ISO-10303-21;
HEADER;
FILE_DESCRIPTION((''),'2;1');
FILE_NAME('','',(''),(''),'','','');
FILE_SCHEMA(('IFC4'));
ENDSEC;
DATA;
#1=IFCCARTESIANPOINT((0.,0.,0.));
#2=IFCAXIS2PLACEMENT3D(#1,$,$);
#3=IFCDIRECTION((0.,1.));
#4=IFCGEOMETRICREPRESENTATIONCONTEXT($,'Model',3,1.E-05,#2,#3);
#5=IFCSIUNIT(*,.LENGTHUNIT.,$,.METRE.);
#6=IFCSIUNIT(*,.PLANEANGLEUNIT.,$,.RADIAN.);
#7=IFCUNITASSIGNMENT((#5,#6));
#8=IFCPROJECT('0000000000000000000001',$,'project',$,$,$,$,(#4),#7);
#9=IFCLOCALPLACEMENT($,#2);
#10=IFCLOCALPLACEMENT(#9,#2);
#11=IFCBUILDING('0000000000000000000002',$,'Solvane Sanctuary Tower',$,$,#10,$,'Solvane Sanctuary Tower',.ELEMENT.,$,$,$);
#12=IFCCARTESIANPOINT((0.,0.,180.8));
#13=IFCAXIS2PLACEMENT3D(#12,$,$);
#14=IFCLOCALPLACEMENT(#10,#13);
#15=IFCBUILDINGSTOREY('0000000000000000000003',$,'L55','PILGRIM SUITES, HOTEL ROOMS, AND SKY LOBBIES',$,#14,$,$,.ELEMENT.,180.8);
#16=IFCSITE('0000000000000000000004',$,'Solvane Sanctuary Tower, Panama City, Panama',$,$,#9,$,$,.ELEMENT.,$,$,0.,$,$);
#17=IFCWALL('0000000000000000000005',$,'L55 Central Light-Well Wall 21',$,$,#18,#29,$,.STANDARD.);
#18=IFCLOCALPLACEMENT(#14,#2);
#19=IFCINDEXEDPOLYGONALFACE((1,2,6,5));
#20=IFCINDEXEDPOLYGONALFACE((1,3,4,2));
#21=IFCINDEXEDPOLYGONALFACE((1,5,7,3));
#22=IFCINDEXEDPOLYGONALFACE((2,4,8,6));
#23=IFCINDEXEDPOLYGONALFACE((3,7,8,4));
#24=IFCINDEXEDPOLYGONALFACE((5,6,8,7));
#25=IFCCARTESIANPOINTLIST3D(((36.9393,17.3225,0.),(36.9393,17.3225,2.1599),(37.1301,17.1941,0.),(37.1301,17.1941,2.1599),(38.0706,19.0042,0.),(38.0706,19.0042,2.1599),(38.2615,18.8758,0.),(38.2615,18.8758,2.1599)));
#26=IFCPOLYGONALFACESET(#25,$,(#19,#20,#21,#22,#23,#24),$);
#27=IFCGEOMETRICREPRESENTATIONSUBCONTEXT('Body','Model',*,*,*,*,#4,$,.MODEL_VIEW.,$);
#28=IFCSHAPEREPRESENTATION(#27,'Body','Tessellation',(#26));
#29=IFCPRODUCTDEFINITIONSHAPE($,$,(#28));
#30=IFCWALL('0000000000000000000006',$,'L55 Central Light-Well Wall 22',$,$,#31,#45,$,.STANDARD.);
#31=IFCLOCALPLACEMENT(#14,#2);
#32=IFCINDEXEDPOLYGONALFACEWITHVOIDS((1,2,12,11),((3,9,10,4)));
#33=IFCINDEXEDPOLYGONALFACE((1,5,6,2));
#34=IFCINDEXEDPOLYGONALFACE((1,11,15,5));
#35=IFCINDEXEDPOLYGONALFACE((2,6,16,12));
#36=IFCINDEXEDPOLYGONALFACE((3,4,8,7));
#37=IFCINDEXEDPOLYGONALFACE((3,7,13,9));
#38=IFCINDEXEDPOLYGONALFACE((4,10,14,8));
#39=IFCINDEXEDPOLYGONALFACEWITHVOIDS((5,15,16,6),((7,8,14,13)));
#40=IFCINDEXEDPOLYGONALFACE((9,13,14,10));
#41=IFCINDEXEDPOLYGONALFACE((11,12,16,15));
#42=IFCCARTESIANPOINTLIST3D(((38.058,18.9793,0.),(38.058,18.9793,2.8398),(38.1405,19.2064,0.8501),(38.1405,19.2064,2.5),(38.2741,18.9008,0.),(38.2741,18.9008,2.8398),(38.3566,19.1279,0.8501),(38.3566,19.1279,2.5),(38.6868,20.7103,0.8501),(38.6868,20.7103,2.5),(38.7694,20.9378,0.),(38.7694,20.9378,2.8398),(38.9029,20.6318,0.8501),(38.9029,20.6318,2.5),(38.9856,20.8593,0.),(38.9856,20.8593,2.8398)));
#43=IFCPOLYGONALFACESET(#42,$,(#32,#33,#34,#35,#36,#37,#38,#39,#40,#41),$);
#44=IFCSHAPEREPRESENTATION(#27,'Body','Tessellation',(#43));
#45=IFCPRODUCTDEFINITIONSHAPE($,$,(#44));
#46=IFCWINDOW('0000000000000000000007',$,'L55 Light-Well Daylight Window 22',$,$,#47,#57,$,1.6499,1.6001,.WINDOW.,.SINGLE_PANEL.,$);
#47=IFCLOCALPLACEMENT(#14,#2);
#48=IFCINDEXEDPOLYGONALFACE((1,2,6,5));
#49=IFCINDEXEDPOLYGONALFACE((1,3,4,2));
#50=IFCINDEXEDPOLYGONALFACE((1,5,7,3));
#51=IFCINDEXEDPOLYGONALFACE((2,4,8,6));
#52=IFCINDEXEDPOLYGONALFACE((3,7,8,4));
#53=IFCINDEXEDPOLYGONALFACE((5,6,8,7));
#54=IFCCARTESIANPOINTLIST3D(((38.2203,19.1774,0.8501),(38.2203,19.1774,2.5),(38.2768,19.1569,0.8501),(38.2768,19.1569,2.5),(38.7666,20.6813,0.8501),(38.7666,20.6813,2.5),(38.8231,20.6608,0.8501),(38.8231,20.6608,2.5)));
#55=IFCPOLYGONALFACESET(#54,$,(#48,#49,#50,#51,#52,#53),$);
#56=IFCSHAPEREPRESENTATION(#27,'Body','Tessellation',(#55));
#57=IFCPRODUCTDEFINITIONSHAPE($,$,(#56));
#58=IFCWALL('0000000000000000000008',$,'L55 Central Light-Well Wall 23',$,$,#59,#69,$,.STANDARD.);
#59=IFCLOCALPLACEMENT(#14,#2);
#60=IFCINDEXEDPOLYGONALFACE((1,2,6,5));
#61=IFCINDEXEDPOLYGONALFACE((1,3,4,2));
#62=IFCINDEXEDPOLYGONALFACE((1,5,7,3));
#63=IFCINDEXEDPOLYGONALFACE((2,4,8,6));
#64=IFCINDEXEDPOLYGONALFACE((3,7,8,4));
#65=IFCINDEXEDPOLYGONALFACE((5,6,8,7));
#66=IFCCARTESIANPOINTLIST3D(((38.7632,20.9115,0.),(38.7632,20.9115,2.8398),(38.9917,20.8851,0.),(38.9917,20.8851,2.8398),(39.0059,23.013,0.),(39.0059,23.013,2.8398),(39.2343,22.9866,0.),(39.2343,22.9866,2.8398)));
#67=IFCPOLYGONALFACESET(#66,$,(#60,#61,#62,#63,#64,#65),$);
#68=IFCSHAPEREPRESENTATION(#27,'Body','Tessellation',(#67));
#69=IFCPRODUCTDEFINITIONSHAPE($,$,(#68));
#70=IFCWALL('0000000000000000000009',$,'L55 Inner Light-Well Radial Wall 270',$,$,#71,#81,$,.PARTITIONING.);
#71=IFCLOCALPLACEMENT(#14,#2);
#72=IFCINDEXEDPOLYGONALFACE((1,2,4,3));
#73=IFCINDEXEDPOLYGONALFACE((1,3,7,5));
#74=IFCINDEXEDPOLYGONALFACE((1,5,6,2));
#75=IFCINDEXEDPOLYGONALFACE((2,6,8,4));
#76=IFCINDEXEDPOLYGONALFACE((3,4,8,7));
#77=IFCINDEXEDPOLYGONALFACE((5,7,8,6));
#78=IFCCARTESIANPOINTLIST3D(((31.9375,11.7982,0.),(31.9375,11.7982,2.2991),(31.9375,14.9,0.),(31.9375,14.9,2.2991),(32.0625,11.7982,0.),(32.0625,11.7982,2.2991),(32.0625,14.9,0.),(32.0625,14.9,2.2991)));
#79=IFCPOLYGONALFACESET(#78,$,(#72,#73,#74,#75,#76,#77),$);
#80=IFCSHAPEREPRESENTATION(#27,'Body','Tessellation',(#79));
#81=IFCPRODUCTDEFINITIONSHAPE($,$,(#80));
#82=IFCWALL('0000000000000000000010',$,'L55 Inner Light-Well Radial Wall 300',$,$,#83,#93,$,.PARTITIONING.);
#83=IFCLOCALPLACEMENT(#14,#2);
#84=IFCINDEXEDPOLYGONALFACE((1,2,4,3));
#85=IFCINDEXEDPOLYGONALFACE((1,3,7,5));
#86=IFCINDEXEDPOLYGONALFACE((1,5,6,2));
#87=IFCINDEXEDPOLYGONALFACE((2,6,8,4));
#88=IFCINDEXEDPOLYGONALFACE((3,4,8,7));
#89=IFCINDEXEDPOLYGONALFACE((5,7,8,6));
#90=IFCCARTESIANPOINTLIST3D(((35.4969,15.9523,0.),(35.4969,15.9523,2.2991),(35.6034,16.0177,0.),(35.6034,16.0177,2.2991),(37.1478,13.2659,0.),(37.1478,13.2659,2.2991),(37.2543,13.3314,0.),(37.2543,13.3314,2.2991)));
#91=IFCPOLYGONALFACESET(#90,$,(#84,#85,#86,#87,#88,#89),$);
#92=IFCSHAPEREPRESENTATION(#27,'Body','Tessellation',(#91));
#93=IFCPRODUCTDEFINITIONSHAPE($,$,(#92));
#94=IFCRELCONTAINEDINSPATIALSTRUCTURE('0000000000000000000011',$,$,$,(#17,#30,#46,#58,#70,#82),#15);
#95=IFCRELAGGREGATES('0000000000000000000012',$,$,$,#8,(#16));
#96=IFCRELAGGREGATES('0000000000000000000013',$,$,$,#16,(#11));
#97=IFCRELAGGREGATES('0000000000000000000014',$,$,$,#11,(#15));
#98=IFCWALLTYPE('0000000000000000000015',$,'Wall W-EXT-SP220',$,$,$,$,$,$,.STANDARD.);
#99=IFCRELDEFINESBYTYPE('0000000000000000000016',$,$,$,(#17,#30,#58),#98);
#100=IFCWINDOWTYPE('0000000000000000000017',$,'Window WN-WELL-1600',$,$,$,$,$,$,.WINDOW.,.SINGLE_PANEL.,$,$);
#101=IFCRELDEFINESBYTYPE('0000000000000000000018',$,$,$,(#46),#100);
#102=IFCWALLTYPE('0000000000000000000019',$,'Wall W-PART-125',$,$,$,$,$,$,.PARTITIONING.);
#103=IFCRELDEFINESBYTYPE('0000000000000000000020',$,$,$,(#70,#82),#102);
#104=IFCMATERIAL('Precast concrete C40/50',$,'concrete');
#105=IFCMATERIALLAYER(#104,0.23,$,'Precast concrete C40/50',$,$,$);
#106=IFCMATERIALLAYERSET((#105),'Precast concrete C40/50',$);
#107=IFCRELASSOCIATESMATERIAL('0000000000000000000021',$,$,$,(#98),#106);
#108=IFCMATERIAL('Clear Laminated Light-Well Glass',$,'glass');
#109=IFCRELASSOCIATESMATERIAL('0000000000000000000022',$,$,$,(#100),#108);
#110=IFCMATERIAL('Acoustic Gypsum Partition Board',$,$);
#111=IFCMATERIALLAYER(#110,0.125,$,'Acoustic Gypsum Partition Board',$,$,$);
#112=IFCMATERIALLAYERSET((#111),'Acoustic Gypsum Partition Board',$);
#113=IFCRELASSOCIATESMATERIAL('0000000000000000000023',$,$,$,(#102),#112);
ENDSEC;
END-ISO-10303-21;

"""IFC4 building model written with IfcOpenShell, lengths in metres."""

from ifc_helpers import new_model, si_unit, direction, frame, frame_2d, origin, place, context, subcontext, project, spatial, rectangle, extrude, material, layer, layer_set, type_object, element, fill, save


model = new_model("IFC4")

# Units and contexts
model_context = context("Model", 3, precision=1e-05, world=origin(), true_north=direction((0.0, 1.0)))
body_context = subcontext(model_context, "Body", "Model", "MODEL_VIEW")
ifc_project = project(units=[si_unit("LENGTHUNIT", "METRE"), si_unit("PLANEANGLEUNIT", "RADIAN")], contexts=[model_context])

# Site, building, storey
site_placement = place(None, origin())
site = spatial("IfcSite", under=ifc_project, at=site_placement, Name="Solvane Sanctuary Tower, Panama City, Panama", CompositionType="ELEMENT", RefElevation=0.0)
building_placement = place(site_placement, origin())
building = spatial("IfcBuilding", under=site, at=building_placement, Name="Solvane Sanctuary Tower", LongName="Solvane Sanctuary Tower", CompositionType="ELEMENT")
storey_placement = place(building_placement, frame((0.0, 0.0, 180.8)))
storey = spatial("IfcBuildingStorey", under=building, at=storey_placement, Name="L55", Description="PILGRIM SUITES, HOTEL ROOMS, AND SKY LOBBIES", CompositionType="ELEMENT", Elevation=180.8)

# Wall
ifc_material_1 = material(Name="Precast concrete C40/50", Category="concrete")
ifc_layer_1 = layer(ifc_material_1, 0.23, Name="Precast concrete C40/50")
ifc_layer_set_1 = layer_set([ifc_layer_1], Name="Precast concrete C40/50")
wall_type_1 = type_object("IfcWallType", Name="Wall W-EXT-SP220", PredefinedType="STANDARD", material=ifc_layer_set_1)
wall_1_placement = place(storey_placement, frame((37.0347, 17.2583, 0.0), z_axis=(0.0, 0.0, 1.0), x_axis=(0.558198, 0.829708, 0.0)))
element("IfcWall", 1, at=wall_1_placement, inside=storey, type_object=wall_type_1, Name="L55 Central Light-Well Wall 21", PredefinedType="STANDARD", context=body_context, shape_type="SweptSolid", body=[
    extrude(rectangle(XDim=2.0269, YDim=0.23, at=frame_2d((1.0134, 0.0))), origin(), (0.0, 0.0, 1.0), 2.1599),
])

# Wall, opening, window
wall_2_placement = place(storey_placement, frame((38.166, 18.9399, 0.0), z_axis=(0.0, 0.0, 1.0), x_axis=(0.341423, 0.93991, 0.0)))
wall_2 = element("IfcWall", 2, at=wall_2_placement, inside=storey, type_object=wall_type_1, Name="L55 Central Light-Well Wall 22", PredefinedType="STANDARD", context=body_context, shape_type="SweptSolid", body=[
    extrude(rectangle(XDim=2.0837, YDim=0.23, at=frame_2d((1.042, 0.0))), origin(), (0.0, 0.0, 1.0), 2.8398),
])
opening_placement = place(wall_2_placement, frame((0.2417, 0.0, 0.8501)))
opening = element("IfcOpeningElement", 3, at=opening_placement, cuts=wall_2, PredefinedType="OPENING", context=body_context, shape_type="SweptSolid", body=[
    extrude(rectangle(XDim=1.6001, YDim=1.6499, at=frame_2d((0.8, 0.825))), frame((0.0, 0.125, 0.0), z_axis=(0.0, -1.0, 0.0), x_axis=(1.0, 0.0, 0.0)), (0.0, 0.0, 1.0), 0.25),
])
ifc_material_2 = material(Name="Clear Laminated Light-Well Glass", Category="glass")
window_type = type_object("IfcWindowType", Name="Window WN-WELL-1600", PartitioningType="SINGLE_PANEL", PredefinedType="WINDOW", material=ifc_material_2)
window_placement = place(opening_placement, origin())
window = element("IfcWindow", 4, at=window_placement, inside=storey, type_object=window_type, Name="L55 Light-Well Daylight Window 22", OverallHeight=1.6499, OverallWidth=1.6001, PartitioningType="SINGLE_PANEL", PredefinedType="WINDOW", context=body_context, shape_type="SweptSolid", body=[
    extrude(rectangle(XDim=1.6001, YDim=1.6499, at=frame_2d((0.8, 0.825))), frame((0.0, 0.03, 0.0), z_axis=(0.0, -1.0, 0.0), x_axis=(1.0, 0.0, 0.0)), (0.0, 0.0, 1.0), 0.0601),
])
fill(opening, window)

# Walls
wall_3_placement = place(storey_placement, frame((38.8774, 20.8984, 0.0), z_axis=(0.0, 0.0, 1.0), x_axis=(0.114712, 0.993399, 0.0)))
element("IfcWall", 5, at=wall_3_placement, inside=storey, type_object=wall_type_1, Name="L55 Central Light-Well Wall 23", PredefinedType="STANDARD", context=body_context, shape_type="SweptSolid", body=[
    extrude(rectangle(XDim=2.1155, YDim=0.23, at=frame_2d((1.0576, 0.0))), origin(), (0.0, 0.0, 1.0), 2.8398),
])
ifc_material_3 = material(Name="Acoustic Gypsum Partition Board")
ifc_layer_2 = layer(ifc_material_3, 0.125, Name="Acoustic Gypsum Partition Board")
ifc_layer_set_2 = layer_set([ifc_layer_2], Name="Acoustic Gypsum Partition Board")
wall_type_2 = type_object("IfcWallType", Name="Wall W-PART-125", PredefinedType="PARTITIONING", material=ifc_layer_set_2)
wall_4_placement = place(storey_placement, frame((32.0, 14.8999, 0.0), z_axis=(0.0, 0.0, 1.0), x_axis=(0.0, -1.0, 0.0)))
element("IfcWall", 6, at=wall_4_placement, inside=storey, type_object=wall_type_2, Name="L55 Inner Light-Well Radial Wall 270", PredefinedType="PARTITIONING", context=body_context, shape_type="SweptSolid", body=[
    extrude(rectangle(XDim=3.1018, YDim=0.125, at=frame_2d((1.5508, 0.0))), origin(), (0.0, 0.0, 1.0), 2.2991),
])
wall_5_placement = place(storey_placement, frame((35.55, 15.9851, 0.0), z_axis=(0.0, 0.0, 1.0), x_axis=(0.523588, -0.851972, 0.0)))
element("IfcWall", 7, at=wall_5_placement, inside=storey, type_object=wall_type_2, Name="L55 Inner Light-Well Radial Wall 300", PredefinedType="PARTITIONING", context=body_context, shape_type="SweptSolid", body=[
    extrude(rectangle(XDim=3.1531, YDim=0.125, at=frame_2d((1.5767, 0.0))), origin(), (0.0, 0.0, 1.0), 2.2991),
])

save(model, "model.ifc")
